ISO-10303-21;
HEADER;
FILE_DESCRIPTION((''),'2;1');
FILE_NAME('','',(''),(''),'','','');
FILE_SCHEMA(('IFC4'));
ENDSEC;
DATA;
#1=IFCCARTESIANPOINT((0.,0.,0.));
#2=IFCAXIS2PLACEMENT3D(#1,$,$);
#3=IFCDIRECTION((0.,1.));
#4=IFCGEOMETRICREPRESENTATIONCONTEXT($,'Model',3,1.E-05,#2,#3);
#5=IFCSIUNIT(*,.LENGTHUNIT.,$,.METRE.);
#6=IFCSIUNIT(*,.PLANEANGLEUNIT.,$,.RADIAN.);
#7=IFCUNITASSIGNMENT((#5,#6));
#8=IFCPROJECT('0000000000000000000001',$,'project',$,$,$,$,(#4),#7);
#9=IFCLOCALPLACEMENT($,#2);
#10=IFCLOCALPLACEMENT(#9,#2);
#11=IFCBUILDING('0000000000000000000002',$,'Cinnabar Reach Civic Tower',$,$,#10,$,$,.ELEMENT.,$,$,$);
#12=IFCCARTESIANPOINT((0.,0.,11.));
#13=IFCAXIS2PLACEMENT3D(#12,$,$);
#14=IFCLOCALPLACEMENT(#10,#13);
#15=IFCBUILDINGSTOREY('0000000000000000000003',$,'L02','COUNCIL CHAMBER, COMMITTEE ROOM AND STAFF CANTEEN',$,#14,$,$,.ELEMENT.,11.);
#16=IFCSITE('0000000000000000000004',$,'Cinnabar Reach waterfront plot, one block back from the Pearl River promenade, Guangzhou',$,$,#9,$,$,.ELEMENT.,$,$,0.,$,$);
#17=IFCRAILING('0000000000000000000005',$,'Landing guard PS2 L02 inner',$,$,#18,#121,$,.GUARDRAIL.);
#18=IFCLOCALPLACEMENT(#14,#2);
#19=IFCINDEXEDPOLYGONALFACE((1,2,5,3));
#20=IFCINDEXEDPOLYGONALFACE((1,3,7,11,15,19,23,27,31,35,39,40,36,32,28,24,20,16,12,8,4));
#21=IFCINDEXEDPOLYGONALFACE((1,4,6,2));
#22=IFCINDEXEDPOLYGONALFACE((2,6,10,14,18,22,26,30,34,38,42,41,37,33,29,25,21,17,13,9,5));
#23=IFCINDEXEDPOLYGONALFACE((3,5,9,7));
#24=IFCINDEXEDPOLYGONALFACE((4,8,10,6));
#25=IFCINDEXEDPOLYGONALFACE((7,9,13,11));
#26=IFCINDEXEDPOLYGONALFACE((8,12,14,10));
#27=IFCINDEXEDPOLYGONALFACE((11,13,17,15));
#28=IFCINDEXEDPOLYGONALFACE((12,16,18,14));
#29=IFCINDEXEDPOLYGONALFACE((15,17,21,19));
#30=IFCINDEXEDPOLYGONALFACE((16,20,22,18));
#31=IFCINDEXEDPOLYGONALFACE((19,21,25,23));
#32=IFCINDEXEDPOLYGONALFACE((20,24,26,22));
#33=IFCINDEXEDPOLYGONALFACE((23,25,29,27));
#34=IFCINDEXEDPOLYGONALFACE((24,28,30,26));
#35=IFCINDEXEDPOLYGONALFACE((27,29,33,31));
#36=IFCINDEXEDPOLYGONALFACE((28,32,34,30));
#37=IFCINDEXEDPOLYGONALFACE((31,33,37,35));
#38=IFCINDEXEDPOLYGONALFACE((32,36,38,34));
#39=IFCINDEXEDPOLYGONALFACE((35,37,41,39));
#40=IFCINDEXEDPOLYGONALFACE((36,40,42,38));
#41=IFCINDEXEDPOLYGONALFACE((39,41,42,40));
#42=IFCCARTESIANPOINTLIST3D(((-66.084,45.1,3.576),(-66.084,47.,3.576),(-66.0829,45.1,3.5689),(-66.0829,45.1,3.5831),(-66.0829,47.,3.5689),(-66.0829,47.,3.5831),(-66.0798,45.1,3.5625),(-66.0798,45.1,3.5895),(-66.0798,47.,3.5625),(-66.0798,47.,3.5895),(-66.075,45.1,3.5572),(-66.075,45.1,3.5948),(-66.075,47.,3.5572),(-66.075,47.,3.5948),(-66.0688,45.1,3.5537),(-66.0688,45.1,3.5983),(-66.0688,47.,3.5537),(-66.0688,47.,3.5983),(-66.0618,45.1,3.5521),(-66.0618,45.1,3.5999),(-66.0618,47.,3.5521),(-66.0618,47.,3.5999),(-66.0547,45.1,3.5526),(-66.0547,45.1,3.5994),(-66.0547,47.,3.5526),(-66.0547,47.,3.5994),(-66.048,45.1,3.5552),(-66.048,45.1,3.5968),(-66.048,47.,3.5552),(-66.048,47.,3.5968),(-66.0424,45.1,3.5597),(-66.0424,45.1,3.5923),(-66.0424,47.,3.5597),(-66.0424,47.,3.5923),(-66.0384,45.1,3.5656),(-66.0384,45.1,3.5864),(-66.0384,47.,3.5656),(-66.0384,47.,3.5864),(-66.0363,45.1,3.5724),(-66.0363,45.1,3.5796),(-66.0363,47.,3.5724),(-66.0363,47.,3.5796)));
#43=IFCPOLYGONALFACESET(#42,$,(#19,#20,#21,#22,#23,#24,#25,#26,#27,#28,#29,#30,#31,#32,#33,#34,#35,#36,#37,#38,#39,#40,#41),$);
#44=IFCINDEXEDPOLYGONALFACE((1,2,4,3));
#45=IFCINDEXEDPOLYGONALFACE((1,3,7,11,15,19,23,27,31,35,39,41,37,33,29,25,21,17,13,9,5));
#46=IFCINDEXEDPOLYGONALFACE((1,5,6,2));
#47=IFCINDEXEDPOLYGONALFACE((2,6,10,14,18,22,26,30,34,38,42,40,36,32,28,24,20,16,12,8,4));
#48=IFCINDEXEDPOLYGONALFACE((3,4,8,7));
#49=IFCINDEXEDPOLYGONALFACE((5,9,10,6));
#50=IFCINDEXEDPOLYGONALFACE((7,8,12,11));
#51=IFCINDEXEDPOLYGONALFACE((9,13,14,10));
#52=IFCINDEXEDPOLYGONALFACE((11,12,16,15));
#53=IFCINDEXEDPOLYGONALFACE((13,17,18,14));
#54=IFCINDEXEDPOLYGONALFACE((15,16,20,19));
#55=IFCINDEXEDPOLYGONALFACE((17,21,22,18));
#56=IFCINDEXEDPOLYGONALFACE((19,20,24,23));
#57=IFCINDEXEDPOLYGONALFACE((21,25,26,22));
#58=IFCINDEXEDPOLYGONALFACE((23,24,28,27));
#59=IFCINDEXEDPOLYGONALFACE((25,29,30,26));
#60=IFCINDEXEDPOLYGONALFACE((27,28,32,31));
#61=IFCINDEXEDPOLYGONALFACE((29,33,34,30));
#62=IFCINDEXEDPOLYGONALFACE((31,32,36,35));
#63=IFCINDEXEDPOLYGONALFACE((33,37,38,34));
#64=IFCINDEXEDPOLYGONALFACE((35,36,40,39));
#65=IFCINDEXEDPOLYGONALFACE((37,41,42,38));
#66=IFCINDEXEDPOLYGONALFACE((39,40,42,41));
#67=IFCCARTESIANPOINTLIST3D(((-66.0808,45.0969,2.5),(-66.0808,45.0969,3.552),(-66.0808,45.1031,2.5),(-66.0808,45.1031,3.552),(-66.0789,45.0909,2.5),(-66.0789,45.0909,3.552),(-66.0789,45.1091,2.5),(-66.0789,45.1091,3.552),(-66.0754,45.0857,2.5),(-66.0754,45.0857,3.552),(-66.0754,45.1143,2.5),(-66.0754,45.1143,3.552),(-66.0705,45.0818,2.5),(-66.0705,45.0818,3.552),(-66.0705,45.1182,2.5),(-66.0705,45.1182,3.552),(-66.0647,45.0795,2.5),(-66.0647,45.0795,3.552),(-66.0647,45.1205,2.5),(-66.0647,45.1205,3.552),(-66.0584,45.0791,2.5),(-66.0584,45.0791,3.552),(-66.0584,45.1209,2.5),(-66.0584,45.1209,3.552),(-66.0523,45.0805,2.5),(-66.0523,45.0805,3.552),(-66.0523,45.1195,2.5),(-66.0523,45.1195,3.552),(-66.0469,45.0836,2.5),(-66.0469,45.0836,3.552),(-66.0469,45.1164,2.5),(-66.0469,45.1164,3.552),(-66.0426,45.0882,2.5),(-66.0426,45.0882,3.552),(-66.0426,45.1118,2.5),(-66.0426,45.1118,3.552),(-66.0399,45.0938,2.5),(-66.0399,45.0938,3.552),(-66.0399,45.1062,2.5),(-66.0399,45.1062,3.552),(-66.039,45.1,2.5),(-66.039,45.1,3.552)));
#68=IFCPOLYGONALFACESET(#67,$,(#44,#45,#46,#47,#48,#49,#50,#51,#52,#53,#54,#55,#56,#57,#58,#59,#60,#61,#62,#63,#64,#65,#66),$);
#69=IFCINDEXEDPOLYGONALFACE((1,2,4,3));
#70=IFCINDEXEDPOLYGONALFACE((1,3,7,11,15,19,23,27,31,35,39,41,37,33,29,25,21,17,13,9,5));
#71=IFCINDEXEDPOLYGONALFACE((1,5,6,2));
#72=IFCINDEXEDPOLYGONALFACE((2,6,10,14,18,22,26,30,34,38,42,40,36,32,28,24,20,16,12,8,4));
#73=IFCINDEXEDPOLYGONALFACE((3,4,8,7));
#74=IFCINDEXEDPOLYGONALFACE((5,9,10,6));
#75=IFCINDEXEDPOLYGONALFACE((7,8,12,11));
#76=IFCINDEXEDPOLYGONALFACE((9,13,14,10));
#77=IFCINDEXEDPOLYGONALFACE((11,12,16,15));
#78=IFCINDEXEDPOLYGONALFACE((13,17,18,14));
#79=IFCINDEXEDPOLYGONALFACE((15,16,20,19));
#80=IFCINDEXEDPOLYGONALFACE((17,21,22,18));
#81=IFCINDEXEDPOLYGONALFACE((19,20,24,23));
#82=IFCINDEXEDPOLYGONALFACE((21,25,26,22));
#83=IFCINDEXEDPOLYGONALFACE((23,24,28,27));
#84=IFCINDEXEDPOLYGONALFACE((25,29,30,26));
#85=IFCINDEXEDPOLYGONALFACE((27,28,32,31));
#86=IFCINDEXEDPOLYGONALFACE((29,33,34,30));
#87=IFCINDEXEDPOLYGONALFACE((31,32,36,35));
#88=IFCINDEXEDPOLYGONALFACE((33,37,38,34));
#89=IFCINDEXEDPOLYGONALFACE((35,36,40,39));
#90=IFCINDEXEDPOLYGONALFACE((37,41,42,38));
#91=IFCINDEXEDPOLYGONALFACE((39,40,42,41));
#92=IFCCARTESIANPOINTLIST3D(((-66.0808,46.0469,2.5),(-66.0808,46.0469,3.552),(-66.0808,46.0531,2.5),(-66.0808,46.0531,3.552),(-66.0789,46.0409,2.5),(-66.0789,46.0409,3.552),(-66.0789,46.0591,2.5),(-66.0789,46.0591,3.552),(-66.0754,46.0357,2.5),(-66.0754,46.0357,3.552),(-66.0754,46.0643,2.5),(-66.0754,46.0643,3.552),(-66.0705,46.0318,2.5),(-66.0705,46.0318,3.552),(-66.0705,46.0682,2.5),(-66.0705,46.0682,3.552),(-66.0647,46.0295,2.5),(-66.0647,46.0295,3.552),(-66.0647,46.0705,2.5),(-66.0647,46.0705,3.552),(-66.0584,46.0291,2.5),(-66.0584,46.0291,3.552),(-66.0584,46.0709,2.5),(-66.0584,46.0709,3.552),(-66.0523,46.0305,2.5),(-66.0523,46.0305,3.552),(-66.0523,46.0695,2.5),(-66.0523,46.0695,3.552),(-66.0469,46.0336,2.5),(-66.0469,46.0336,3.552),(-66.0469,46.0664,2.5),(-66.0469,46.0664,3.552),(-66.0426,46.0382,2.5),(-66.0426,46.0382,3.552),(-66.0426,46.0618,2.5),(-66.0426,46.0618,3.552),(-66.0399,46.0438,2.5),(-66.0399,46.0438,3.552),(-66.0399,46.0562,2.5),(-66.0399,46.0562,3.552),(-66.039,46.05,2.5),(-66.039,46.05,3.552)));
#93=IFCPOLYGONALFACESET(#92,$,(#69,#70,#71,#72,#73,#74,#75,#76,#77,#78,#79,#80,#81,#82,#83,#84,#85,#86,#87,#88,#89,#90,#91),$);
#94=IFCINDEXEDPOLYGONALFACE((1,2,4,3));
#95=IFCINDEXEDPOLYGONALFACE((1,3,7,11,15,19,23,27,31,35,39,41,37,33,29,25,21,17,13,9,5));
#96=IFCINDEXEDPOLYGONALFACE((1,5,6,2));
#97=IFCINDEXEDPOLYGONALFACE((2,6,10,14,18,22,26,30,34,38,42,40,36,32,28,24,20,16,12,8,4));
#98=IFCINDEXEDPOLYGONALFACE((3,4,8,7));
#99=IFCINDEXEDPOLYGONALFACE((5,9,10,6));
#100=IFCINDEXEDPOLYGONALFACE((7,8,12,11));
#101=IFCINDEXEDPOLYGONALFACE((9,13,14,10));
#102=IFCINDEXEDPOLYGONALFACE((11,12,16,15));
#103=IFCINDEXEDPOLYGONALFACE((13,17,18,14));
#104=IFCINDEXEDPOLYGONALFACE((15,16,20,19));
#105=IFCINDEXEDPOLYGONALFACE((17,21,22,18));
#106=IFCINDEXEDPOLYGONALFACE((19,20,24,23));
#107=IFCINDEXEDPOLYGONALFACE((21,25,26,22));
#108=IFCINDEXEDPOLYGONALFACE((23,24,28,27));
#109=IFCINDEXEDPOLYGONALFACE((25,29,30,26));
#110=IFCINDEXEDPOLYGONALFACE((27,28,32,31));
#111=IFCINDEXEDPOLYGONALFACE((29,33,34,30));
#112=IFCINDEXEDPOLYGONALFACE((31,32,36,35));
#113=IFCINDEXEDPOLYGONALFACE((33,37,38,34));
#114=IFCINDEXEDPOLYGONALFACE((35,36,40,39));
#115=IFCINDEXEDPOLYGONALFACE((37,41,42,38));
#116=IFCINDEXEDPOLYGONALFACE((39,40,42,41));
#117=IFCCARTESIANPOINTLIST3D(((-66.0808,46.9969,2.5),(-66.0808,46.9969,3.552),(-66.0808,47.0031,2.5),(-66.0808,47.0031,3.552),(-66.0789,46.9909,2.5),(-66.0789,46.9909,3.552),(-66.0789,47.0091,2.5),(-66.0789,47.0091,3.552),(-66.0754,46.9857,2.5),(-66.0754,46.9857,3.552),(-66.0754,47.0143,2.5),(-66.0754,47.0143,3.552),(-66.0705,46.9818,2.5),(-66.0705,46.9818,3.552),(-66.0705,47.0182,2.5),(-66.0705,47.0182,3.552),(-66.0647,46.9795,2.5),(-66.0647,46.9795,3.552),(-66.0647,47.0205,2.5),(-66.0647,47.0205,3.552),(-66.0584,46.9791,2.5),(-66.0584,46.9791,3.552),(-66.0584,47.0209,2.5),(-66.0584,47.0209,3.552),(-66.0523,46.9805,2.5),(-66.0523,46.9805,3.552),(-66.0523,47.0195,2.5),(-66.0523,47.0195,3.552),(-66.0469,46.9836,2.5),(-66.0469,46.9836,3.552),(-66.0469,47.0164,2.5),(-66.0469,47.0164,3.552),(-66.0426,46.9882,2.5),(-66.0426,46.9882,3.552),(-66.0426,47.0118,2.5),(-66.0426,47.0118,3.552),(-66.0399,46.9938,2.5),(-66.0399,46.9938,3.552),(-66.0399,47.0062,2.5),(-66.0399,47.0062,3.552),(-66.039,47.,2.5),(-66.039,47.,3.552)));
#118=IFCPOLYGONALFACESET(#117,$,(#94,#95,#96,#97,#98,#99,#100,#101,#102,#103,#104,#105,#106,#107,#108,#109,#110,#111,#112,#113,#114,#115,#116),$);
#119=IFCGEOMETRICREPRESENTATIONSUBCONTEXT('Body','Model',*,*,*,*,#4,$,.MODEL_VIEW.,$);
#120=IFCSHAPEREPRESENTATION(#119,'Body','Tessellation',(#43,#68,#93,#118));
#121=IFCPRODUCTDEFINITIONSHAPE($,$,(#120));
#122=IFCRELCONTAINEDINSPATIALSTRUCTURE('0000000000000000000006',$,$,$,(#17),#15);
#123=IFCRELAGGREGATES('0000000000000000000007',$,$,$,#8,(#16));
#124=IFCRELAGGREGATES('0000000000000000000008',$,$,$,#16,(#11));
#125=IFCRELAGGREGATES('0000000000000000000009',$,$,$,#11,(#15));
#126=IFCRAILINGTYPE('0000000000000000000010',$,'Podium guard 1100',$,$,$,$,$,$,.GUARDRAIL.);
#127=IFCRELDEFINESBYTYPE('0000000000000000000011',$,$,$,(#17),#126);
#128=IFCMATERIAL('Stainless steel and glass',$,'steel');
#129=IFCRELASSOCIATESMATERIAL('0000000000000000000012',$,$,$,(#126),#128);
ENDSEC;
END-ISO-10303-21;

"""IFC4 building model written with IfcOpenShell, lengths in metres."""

from ifc_helpers import new_model, si_unit, direction, frame, origin, origin_2d, place, context, subcontext, project, spatial, circle, extrude, material, type_object, element, save


model = new_model("IFC4")

# Units and contexts
model_context = context("Model", 3, precision=1e-05, world=origin(), true_north=direction((0.0, 1.0)))
body_context = subcontext(model_context, "Body", "Model", "MODEL_VIEW")
ifc_project = project(units=[si_unit("LENGTHUNIT", "METRE"), si_unit("PLANEANGLEUNIT", "RADIAN")], contexts=[model_context])

# Site, building, storey
site_placement = place(None, origin())
site = spatial("IfcSite", under=ifc_project, at=site_placement, Name="Cinnabar Reach waterfront plot, one block back from the Pearl River promenade, Guangzhou", CompositionType="ELEMENT", RefElevation=0.0)
building_placement = place(site_placement, origin())
building = spatial("IfcBuilding", under=site, at=building_placement, Name="Cinnabar Reach Civic Tower", CompositionType="ELEMENT")
storey_placement = place(building_placement, frame((0.0, 0.0, 11.0)))
storey = spatial("IfcBuildingStorey", under=building, at=storey_placement, Name="L02", Description="COUNCIL CHAMBER, COMMITTEE ROOM AND STAFF CANTEEN", CompositionType="ELEMENT", Elevation=11.0)

# Railing
ifc_material_1 = material(Name="Stainless steel and glass", Category="steel")
railing_type_1 = type_object("IfcRailingType", Name="Podium guard 1100", PredefinedType="GUARDRAIL", material=ifc_material_1)
railing_1_placement = place(storey_placement, frame((-66.06, 45.1, 2.5)))
element("IfcRailing", 1, at=railing_1_placement, inside=storey, type_object=railing_type_1, Name="Landing guard PS2 L02 inner", PredefinedType="GUARDRAIL", context=body_context, shape_type="SweptSolid", body=[
    extrude(circle(Radius=0.024, at=origin_2d()), frame((0.0, 0.0, 1.076), z_axis=(0.0, 1.0, 0.0), x_axis=(-1.0, 0.0, 0.0)), (0.0, 0.0, 1.0), 1.9),
    extrude(circle(Radius=0.021, at=origin_2d()), origin(), (0.0, 0.0, 1.0), 1.052),
    extrude(circle(Radius=0.021, at=origin_2d()), frame((0.0, 0.95, 0.0)), (0.0, 0.0, 1.0), 1.052),
    extrude(circle(Radius=0.021, at=origin_2d()), frame((0.0, 1.9, 0.0)), (0.0, 0.0, 1.0), 1.052),
])

save(model, "model.ifc")
